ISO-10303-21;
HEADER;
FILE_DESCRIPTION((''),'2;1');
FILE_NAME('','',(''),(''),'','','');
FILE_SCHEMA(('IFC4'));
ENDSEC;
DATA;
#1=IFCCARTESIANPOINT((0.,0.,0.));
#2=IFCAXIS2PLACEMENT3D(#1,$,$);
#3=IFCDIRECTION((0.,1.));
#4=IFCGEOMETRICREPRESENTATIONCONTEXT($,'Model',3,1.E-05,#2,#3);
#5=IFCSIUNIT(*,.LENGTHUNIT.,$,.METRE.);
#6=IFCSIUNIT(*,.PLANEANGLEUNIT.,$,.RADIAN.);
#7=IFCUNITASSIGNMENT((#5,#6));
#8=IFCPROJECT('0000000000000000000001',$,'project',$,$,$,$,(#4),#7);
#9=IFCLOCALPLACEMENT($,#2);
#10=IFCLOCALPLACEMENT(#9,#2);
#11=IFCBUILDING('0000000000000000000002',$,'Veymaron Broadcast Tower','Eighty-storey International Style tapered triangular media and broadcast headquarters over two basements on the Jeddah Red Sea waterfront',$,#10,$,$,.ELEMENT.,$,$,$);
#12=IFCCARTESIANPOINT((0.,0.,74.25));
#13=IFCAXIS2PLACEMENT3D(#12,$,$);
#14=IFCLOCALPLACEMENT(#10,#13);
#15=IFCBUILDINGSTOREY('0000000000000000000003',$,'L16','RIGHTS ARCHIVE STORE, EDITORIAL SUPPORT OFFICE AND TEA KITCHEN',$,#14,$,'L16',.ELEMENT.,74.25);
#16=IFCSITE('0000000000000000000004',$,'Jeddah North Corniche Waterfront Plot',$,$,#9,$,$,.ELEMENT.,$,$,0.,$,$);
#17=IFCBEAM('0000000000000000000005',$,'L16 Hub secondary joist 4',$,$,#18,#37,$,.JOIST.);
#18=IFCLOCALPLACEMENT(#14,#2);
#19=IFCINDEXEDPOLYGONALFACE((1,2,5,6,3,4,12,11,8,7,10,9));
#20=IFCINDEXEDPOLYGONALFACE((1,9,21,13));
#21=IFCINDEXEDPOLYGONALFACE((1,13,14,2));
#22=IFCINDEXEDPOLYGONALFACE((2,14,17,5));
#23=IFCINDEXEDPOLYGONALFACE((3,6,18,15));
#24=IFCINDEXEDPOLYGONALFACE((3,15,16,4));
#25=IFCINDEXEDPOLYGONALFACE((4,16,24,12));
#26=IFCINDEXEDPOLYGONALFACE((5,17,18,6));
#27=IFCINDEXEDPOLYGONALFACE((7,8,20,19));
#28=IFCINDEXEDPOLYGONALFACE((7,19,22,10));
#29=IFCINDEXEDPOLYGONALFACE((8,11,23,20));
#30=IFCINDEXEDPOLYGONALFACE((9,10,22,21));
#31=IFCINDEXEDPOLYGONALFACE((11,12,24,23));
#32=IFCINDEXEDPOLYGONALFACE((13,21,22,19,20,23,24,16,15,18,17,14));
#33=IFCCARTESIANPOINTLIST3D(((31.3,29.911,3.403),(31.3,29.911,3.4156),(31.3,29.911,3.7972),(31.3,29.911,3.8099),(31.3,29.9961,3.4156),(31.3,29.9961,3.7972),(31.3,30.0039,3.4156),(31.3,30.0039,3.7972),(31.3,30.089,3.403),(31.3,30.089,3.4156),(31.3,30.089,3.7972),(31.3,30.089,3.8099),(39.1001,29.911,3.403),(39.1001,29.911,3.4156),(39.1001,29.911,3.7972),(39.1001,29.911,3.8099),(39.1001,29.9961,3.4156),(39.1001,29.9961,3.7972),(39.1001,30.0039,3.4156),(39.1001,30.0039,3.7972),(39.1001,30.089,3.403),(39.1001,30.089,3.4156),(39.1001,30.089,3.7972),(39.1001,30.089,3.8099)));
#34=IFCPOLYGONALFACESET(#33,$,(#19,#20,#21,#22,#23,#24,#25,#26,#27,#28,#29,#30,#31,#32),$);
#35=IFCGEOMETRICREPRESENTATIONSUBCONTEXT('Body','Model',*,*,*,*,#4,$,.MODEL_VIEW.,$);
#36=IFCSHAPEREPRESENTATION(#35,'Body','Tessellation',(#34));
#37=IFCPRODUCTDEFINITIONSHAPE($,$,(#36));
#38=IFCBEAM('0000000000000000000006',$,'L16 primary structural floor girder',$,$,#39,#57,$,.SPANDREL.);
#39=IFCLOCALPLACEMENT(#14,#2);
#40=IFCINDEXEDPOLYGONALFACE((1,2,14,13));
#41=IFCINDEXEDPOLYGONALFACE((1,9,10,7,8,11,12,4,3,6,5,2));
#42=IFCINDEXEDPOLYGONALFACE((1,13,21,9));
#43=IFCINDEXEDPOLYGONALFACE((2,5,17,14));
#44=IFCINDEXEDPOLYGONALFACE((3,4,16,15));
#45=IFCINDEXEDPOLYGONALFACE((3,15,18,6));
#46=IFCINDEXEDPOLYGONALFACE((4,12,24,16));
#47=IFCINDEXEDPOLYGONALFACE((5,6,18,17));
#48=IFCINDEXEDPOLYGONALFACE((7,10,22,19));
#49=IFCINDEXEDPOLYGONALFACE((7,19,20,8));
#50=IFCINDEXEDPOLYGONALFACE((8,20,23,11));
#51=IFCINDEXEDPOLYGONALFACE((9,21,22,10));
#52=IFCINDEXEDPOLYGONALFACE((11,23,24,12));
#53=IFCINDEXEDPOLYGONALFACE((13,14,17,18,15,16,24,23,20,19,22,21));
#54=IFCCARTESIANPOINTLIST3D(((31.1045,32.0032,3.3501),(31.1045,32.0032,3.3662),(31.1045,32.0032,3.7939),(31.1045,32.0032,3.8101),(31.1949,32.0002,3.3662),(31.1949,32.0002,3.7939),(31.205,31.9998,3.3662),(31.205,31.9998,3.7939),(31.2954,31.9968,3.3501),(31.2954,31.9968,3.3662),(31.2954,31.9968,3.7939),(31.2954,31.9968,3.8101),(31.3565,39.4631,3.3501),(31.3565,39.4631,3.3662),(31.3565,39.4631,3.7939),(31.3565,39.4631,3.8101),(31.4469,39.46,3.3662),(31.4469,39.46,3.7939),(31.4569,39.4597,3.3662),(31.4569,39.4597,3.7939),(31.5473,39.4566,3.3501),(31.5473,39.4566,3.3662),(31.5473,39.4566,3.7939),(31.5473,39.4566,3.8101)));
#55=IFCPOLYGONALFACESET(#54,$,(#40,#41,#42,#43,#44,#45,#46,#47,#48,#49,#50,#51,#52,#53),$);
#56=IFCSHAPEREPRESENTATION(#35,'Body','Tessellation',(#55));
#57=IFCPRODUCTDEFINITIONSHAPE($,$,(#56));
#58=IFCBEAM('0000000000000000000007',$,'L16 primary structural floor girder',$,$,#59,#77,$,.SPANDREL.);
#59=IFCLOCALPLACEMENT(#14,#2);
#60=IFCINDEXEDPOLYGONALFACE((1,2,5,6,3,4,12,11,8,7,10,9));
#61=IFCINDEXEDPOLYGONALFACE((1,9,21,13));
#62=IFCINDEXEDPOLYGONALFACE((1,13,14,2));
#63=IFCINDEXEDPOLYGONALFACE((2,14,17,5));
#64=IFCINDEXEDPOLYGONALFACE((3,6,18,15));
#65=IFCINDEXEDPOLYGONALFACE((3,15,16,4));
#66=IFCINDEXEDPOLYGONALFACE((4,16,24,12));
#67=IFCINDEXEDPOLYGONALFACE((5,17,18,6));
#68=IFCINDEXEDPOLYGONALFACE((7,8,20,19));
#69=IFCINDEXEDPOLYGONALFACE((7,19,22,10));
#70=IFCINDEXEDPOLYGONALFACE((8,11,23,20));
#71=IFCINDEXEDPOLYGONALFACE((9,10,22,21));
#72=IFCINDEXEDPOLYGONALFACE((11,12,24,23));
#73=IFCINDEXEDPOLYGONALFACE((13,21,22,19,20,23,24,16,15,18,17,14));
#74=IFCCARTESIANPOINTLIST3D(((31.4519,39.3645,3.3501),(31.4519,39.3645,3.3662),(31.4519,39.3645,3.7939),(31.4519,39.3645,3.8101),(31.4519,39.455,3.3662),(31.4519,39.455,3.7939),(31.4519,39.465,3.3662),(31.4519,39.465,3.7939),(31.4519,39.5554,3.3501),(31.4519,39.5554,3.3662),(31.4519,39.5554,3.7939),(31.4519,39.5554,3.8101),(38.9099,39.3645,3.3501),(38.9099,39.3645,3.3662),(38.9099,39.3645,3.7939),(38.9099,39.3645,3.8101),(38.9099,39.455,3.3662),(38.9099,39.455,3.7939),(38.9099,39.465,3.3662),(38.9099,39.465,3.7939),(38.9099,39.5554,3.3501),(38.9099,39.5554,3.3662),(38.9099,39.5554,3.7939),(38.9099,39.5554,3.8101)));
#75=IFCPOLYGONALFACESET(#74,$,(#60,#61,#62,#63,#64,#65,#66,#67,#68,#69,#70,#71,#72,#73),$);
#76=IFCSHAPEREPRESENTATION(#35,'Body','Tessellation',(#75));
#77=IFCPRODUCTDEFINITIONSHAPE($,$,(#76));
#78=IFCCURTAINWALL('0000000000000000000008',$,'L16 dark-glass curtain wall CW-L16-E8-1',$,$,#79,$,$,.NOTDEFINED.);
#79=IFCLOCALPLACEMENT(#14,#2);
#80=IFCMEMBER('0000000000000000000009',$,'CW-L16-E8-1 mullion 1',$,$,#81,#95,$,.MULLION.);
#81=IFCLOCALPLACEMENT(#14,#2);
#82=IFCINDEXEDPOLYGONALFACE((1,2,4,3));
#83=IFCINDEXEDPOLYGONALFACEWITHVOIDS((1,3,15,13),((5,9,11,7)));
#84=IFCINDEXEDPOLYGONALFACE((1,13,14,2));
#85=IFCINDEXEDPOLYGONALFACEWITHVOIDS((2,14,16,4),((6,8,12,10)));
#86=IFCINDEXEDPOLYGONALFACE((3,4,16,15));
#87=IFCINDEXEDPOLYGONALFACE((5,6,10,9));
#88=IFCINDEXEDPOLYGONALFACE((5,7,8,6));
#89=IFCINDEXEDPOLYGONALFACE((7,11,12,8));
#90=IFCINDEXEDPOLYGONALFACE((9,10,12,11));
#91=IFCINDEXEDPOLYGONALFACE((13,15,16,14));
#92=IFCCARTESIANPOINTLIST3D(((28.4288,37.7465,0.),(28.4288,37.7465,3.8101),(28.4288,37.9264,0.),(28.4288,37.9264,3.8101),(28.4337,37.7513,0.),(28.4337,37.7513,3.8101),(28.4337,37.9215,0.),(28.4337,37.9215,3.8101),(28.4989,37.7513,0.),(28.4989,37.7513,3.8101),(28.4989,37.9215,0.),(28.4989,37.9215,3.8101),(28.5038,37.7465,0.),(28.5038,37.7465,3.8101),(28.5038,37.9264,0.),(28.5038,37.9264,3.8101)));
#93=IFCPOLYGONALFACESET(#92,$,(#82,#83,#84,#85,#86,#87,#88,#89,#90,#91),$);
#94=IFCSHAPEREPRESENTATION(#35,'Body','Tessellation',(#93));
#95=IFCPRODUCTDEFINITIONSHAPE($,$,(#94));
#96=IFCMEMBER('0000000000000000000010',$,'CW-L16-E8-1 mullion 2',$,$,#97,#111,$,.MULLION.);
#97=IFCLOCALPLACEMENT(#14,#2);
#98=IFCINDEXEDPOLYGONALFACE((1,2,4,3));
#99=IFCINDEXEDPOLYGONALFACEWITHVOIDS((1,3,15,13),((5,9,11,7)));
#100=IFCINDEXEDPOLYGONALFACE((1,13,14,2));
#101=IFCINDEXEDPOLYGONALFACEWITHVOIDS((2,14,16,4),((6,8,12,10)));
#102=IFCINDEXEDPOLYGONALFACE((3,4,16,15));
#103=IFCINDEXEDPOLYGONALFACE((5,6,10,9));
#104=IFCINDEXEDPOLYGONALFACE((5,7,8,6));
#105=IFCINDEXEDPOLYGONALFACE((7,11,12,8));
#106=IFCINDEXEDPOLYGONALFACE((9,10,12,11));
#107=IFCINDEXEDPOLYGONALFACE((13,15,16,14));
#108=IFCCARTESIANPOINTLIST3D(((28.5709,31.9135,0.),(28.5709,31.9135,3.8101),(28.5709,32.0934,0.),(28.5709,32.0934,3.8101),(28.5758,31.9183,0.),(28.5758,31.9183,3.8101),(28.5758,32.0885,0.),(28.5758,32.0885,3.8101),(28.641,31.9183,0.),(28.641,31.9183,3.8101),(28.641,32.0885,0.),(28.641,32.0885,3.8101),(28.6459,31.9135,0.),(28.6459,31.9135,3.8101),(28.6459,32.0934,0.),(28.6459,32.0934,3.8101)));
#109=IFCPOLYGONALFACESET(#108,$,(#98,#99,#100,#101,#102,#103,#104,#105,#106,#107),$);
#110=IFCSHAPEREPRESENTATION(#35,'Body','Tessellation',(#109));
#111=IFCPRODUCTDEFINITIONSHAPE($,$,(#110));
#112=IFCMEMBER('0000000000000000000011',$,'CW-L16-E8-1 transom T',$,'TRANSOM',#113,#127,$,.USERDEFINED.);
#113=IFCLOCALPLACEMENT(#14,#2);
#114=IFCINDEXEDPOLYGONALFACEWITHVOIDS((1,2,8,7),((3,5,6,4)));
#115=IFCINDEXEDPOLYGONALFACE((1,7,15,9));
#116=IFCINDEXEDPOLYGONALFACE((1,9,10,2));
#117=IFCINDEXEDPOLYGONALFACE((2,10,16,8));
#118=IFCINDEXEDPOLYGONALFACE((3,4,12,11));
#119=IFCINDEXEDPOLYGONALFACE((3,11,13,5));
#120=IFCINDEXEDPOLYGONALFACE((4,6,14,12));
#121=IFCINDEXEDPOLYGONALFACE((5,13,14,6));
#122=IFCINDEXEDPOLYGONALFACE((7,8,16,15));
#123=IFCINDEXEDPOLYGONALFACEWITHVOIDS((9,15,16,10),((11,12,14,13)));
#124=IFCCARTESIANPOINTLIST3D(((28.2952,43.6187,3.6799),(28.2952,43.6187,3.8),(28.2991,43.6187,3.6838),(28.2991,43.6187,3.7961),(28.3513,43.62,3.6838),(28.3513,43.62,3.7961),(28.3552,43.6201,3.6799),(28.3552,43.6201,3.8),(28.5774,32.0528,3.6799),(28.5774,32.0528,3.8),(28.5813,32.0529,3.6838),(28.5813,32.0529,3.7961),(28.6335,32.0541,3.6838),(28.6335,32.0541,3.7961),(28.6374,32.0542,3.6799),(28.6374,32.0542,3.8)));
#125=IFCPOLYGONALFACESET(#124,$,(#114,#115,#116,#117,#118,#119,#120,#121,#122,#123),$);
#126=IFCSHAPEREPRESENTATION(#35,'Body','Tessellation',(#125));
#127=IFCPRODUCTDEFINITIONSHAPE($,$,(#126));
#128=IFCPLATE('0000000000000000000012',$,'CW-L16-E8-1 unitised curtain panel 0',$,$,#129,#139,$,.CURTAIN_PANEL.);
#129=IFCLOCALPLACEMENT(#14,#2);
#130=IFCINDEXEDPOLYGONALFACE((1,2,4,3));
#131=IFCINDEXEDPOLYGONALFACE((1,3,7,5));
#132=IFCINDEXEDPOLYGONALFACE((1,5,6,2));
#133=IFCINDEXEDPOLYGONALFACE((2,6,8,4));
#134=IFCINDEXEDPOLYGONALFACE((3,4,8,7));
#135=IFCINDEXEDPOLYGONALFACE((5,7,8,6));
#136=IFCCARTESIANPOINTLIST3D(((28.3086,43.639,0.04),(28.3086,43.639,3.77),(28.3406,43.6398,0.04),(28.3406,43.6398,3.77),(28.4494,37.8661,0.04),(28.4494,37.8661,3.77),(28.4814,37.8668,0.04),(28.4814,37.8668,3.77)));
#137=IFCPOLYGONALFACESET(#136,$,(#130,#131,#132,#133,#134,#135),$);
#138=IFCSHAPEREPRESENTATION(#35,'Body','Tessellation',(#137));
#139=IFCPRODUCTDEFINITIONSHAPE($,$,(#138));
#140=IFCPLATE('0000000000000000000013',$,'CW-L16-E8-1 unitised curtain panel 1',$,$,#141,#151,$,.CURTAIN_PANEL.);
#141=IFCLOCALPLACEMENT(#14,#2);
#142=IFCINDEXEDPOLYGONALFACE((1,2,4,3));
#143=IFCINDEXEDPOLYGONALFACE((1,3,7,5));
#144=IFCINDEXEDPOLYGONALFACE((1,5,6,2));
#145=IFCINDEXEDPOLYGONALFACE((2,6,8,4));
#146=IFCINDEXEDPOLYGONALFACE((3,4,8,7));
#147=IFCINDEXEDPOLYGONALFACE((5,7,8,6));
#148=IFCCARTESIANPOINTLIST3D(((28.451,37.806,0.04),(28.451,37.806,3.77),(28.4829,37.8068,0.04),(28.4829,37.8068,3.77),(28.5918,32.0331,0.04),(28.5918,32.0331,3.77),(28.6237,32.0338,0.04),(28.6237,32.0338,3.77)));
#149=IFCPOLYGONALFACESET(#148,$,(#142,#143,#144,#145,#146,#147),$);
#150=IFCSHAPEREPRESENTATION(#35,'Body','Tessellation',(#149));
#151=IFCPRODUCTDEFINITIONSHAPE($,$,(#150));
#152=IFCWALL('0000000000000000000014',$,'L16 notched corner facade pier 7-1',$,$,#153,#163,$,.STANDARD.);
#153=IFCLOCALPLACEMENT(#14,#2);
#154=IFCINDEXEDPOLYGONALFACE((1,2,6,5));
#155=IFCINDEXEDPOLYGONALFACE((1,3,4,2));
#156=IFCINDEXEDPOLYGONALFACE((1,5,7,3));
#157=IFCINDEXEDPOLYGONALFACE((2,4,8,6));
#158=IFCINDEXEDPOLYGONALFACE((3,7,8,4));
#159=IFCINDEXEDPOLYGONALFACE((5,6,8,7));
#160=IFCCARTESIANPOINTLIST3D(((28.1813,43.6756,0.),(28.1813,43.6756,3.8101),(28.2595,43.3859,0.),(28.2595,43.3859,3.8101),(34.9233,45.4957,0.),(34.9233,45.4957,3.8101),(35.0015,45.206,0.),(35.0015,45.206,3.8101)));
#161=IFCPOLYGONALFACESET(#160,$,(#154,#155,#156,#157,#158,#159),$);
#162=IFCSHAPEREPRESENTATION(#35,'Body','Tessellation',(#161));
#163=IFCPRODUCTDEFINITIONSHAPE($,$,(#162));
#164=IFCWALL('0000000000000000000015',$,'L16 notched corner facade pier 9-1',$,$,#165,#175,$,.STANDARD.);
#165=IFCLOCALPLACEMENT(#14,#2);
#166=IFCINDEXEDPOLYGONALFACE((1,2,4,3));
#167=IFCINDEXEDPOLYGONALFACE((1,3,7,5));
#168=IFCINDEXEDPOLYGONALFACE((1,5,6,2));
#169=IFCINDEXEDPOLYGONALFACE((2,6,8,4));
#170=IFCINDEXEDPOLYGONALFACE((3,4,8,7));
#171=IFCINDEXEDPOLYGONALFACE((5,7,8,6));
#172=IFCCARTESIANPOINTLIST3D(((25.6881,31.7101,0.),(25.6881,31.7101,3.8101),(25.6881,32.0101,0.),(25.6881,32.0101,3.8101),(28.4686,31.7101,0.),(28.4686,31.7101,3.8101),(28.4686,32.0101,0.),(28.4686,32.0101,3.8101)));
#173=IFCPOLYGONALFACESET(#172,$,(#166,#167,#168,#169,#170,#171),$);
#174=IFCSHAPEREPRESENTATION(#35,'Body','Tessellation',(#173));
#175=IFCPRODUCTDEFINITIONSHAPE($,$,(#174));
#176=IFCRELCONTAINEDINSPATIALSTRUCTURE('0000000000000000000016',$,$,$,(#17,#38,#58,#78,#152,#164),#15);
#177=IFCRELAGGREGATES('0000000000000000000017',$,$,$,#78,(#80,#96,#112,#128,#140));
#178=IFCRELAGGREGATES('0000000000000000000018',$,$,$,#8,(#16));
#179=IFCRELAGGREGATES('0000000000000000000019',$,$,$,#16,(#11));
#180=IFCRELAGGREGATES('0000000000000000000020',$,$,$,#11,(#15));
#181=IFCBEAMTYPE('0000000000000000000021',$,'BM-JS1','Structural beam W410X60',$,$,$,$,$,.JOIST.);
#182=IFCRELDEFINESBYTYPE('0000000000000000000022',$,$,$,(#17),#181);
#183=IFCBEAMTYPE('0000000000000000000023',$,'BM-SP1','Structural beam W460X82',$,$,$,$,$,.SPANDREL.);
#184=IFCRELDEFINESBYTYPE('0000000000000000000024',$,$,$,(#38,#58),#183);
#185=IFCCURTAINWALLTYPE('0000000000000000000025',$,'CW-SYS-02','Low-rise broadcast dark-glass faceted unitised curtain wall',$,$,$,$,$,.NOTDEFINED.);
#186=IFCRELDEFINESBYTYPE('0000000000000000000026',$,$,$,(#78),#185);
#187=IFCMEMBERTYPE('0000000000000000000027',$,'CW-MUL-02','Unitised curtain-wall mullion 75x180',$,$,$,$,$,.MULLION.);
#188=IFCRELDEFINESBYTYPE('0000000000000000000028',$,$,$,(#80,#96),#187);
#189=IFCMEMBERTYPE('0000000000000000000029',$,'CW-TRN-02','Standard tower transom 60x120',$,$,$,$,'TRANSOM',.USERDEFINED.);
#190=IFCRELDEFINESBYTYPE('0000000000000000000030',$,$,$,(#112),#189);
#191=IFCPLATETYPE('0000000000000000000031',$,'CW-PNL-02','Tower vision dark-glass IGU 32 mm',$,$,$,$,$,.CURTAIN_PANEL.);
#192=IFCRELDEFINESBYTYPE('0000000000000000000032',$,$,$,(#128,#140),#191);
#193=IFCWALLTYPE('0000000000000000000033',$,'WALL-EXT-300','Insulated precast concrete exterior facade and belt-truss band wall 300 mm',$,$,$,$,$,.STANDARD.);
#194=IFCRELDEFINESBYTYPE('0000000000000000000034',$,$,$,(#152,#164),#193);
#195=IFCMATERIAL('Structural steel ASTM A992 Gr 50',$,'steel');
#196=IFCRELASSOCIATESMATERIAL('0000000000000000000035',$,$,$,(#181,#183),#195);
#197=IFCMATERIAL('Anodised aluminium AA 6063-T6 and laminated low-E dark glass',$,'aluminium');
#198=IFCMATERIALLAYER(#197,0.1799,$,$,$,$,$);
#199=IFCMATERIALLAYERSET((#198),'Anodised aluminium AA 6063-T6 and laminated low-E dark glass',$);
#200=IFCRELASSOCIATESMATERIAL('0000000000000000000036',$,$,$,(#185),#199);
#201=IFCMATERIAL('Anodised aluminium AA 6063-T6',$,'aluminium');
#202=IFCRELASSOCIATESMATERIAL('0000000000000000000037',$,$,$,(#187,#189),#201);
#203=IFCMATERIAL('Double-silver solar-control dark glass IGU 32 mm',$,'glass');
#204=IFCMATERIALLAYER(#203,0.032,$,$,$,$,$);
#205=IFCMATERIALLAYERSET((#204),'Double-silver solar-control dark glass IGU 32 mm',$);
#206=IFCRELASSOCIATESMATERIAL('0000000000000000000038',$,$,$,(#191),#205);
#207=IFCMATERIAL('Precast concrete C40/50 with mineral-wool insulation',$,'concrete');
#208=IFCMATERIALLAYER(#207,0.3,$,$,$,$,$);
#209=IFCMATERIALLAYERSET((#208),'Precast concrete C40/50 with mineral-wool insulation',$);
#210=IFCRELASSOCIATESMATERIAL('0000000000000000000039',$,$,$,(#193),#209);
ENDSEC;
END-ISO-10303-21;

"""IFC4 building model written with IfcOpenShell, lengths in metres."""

from ifc_helpers import new_model, si_unit, direction, frame, frame_2d, origin, origin_2d, place, context, subcontext, project, spatial, rectangle, hollow_rectangle, i_section, extrude, material, layer, layer_set, material_profile, profile_set, type_object, element, aggregate, save


model = new_model("IFC4")

# Units and contexts
model_context = context("Model", 3, precision=1e-05, world=origin(), true_north=direction((0.0, 1.0)))
body_context = subcontext(model_context, "Body", "Model", "MODEL_VIEW")
ifc_project = project(units=[si_unit("LENGTHUNIT", "METRE"), si_unit("PLANEANGLEUNIT", "RADIAN")], contexts=[model_context])

# Site, building, storey
site_placement = place(None, origin())
site = spatial("IfcSite", under=ifc_project, at=site_placement, Name="Jeddah North Corniche Waterfront Plot", CompositionType="ELEMENT", RefElevation=0.0)
building_placement = place(site_placement, origin())
building = spatial("IfcBuilding", under=site, at=building_placement, Name="Veymaron Broadcast Tower", Description="Eighty-storey International Style tapered triangular media and broadcast headquarters over two basements on the Jeddah Red Sea waterfront", CompositionType="ELEMENT")
storey_placement = place(building_placement, frame((0.0, 0.0, 74.25)))
storey = spatial("IfcBuildingStorey", under=building, at=storey_placement, Name="L16", Description="RIGHTS ARCHIVE STORE, EDITORIAL SUPPORT OFFICE AND TEA KITCHEN", LongName="L16", CompositionType="ELEMENT", Elevation=74.25)

# Beams
ifc_material_1 = material(Name="Structural steel ASTM A992 Gr 50", Category="steel")
ifc_material_profile_1 = material_profile(ifc_material_1, i_section(OverallWidth=0.178, OverallDepth=0.407, WebThickness=0.0078, FlangeThickness=0.0127, at=origin_2d()), Name="W410X60")
ifc_profile_set_1 = profile_set([ifc_material_profile_1], Name="Structural steel ASTM A992 Gr 50")
beam_type_1 = type_object("IfcBeamType", Name="BM-JS1", Description="Structural beam W410X60", PredefinedType="JOIST", material=ifc_profile_set_1)
for number, where, z_axis, x_axis, name in (
    (1, (31.3, 30.0, 3.6064), (1.0, 0.0, 0.0), (0.0, 1.0, 0.0), "L16 Hub secondary joist 4"),
):
    element("IfcBeam", number, at=place(storey_placement, frame(where, z_axis=z_axis, x_axis=x_axis)), inside=storey, type_object=beam_type_1, Name=name, PredefinedType="JOIST", context=body_context, shape_type="SweptSolid", body=[
        extrude(i_section(OverallWidth=0.178, OverallDepth=0.407, WebThickness=0.0078, FlangeThickness=0.0127, at=origin_2d()), origin(), (0.0, 0.0, 1.0), 7.8),
    ])
ifc_material_profile_2 = material_profile(ifc_material_1, i_section(OverallWidth=0.1909, OverallDepth=0.46, WebThickness=0.01, FlangeThickness=0.0161, at=origin_2d()), Name="W460X82")
ifc_profile_set_2 = profile_set([ifc_material_profile_2], Name="Structural steel ASTM A992 Gr 50")
beam_type_2 = type_object("IfcBeamType", Name="BM-SP1", Description="Structural beam W460X82", PredefinedType="SPANDREL", material=ifc_profile_set_2)
beam_1_placement = place(storey_placement, frame((31.2, 32.0, 3.5801), z_axis=(0.033755, 0.99943, 0.0), x_axis=(-0.99943, 0.033755, 0.0)))
element("IfcBeam", 2, at=beam_1_placement, inside=storey, type_object=beam_type_2, Name="L16 primary structural floor girder", PredefinedType="SPANDREL", context=body_context, shape_type="SweptSolid", body=[
    extrude(i_section(OverallWidth=0.1909, OverallDepth=0.46, WebThickness=0.01, FlangeThickness=0.0161, at=origin_2d()), origin(), (0.0, 0.0, 1.0), 7.4641),
])
beam_2_placement = place(storey_placement, frame((31.4519, 39.46, 3.5801), z_axis=(1.0, 0.0, 0.0), x_axis=(0.0, 1.0, 0.0)))
element("IfcBeam", 3, at=beam_2_placement, inside=storey, type_object=beam_type_2, Name="L16 primary structural floor girder", PredefinedType="SPANDREL", context=body_context, shape_type="SweptSolid", body=[
    extrude(i_section(OverallWidth=0.1909, OverallDepth=0.46, WebThickness=0.01, FlangeThickness=0.0161, at=origin_2d()), origin(), (0.0, 0.0, 1.0), 7.458),
])

# Curtain wall, members, plates
ifc_material_2 = material(Name="Anodised aluminium AA 6063-T6 and laminated low-E dark glass", Category="aluminium")
ifc_layer_1 = layer(ifc_material_2, 0.1799)
ifc_layer_set_1 = layer_set([ifc_layer_1], Name="Anodised aluminium AA 6063-T6 and laminated low-E dark glass")
curtain_wall_type = type_object("IfcCurtainWallType", Name="CW-SYS-02", Description="Low-rise broadcast dark-glass faceted unitised curtain wall", PredefinedType="NOTDEFINED", material=ifc_layer_set_1)
curtain_wall_placement = place(storey_placement, origin())
curtain_wall = element("IfcCurtainWall", 4, at=curtain_wall_placement, inside=storey, type_object=curtain_wall_type, Name="L16 dark-glass curtain wall CW-L16-E8-1", PredefinedType="NOTDEFINED")
ifc_material_3 = material(Name="Anodised aluminium AA 6063-T6", Category="aluminium")
ifc_material_profile_3 = material_profile(ifc_material_3, hollow_rectangle(XDim=0.075, YDim=0.1799, WallThickness=0.0049, at=origin_2d()), Name="AL180X75X5")
ifc_profile_set_3 = profile_set([ifc_material_profile_3], Name="Anodised aluminium AA 6063-T6")
member_type_1 = type_object("IfcMemberType", Name="CW-MUL-02", Description="Unitised curtain-wall mullion 75x180", PredefinedType="MULLION", material=ifc_profile_set_3)
member_1_placement = place(storey_placement, frame((28.4663, 37.8364, 0.0), z_axis=(0.0, 0.0, 1.0), x_axis=(1.0, 0.0, 0.0)))
member_1 = element("IfcMember", 5, at=member_1_placement, type_object=member_type_1, Name="CW-L16-E8-1 mullion 1", PredefinedType="MULLION", context=body_context, shape_type="SweptSolid", body=[
    extrude(hollow_rectangle(XDim=0.075, YDim=0.1799, WallThickness=0.0049, at=origin_2d()), origin(), (0.0, 0.0, 1.0), 3.8101),
])
member_2_placement = place(storey_placement, frame((28.6084, 32.0034, 0.0), z_axis=(0.0, 0.0, 1.0), x_axis=(1.0, 0.0, 0.0)))
member_2 = element("IfcMember", 6, at=member_2_placement, type_object=member_type_1, Name="CW-L16-E8-1 mullion 2", PredefinedType="MULLION", context=body_context, shape_type="SweptSolid", body=[
    extrude(hollow_rectangle(XDim=0.075, YDim=0.1799, WallThickness=0.0049, at=origin_2d()), origin(), (0.0, 0.0, 1.0), 3.8101),
])
ifc_material_profile_4 = material_profile(ifc_material_3, hollow_rectangle(XDim=0.0601, YDim=0.1201, WallThickness=0.0039, at=origin_2d()), Name="AL120X60X4")
ifc_profile_set_4 = profile_set([ifc_material_profile_4], Name="Anodised aluminium AA 6063-T6")
member_type_2 = type_object("IfcMemberType", Name="CW-TRN-02", Description="Standard tower transom 60x120", ElementType="TRANSOM", PredefinedType="USERDEFINED", material=ifc_profile_set_4)
member_3_placement = place(storey_placement, frame((28.3252, 43.6194, 3.74), z_axis=(0.024394, -0.999702, 0.0), x_axis=(0.999702, 0.024394, 0.0)))
member_3 = element("IfcMember", 7, at=member_3_placement, type_object=member_type_2, Name="CW-L16-E8-1 transom T", ObjectType="TRANSOM", PredefinedType="USERDEFINED", context=body_context, shape_type="SweptSolid", body=[
    extrude(hollow_rectangle(XDim=0.0601, YDim=0.1201, WallThickness=0.0039, at=origin_2d()), origin(), (0.0, 0.0, 1.0), 11.5693),
])
ifc_material_4 = material(Name="Double-silver solar-control dark glass IGU 32 mm", Category="glass")
ifc_layer_2 = layer(ifc_material_4, 0.032)
ifc_layer_set_2 = layer_set([ifc_layer_2], Name="Double-silver solar-control dark glass IGU 32 mm")
plate_type = type_object("IfcPlateType", Name="CW-PNL-02", Description="Tower vision dark-glass IGU 32 mm", PredefinedType="CURTAIN_PANEL", material=ifc_layer_set_2)
plate_1_placement = place(storey_placement, frame((28.395, 40.7529, 0.04), z_axis=(0.0, 0.0, 1.0), x_axis=(0.02438, -0.999703, 0.0)))
plate_1 = element("IfcPlate", 8, at=plate_1_placement, type_object=plate_type, Name="CW-L16-E8-1 unitised curtain panel 0", PredefinedType="CURTAIN_PANEL", context=body_context, shape_type="SweptSolid", body=[
    extrude(rectangle(XDim=5.7747, YDim=0.032, at=origin_2d()), origin(), (0.0, 0.0, 1.0), 3.73),
])
plate_2_placement = place(storey_placement, frame((28.5374, 34.9199, 0.04), z_axis=(0.0, 0.0, 1.0), x_axis=(0.02438, -0.999703, 0.0)))
plate_2 = element("IfcPlate", 9, at=plate_2_placement, type_object=plate_type, Name="CW-L16-E8-1 unitised curtain panel 1", PredefinedType="CURTAIN_PANEL", context=body_context, shape_type="SweptSolid", body=[
    extrude(rectangle(XDim=5.7747, YDim=0.032, at=origin_2d()), origin(), (0.0, 0.0, 1.0), 3.73),
])
aggregate(curtain_wall, [member_1, member_2, member_3, plate_1, plate_2])

# Walls
ifc_material_5 = material(Name="Precast concrete C40/50 with mineral-wool insulation", Category="concrete")
ifc_layer_3 = layer(ifc_material_5, 0.3)
ifc_layer_set_3 = layer_set([ifc_layer_3], Name="Precast concrete C40/50 with mineral-wool insulation")
wall_type_1 = type_object("IfcWallType", Name="WALL-EXT-300", Description="Insulated precast concrete exterior facade and belt-truss band wall 300 mm", PredefinedType="STANDARD", material=ifc_layer_set_3)
wall_1_placement = place(storey_placement, frame((34.9624, 45.3508, 0.0), z_axis=(0.0, 0.0, 1.0), x_axis=(-0.965438, -0.260632, 0.0)))
element("IfcWall", 10, at=wall_1_placement, inside=storey, type_object=wall_type_1, Name="L16 notched corner facade pier 7-1", PredefinedType="STANDARD", context=body_context, shape_type="SweptSolid", body=[
    extrude(rectangle(XDim=6.9834, YDim=0.3, at=frame_2d((3.4917, 0.0))), origin(), (0.0, 0.0, 1.0), 3.8101),
])
wall_2_placement = place(storey_placement, frame((28.4685, 31.8601, 0.0), z_axis=(0.0, 0.0, 1.0), x_axis=(-1.0, 0.0, 0.0)))
element("IfcWall", 11, at=wall_2_placement, inside=storey, type_object=wall_type_1, Name="L16 notched corner facade pier 9-1", PredefinedType="STANDARD", context=body_context, shape_type="SweptSolid", body=[
    extrude(rectangle(XDim=2.7805, YDim=0.3, at=frame_2d((1.3901, 0.0))), origin(), (0.0, 0.0, 1.0), 3.8101),
])

save(model, "model.ifc")
